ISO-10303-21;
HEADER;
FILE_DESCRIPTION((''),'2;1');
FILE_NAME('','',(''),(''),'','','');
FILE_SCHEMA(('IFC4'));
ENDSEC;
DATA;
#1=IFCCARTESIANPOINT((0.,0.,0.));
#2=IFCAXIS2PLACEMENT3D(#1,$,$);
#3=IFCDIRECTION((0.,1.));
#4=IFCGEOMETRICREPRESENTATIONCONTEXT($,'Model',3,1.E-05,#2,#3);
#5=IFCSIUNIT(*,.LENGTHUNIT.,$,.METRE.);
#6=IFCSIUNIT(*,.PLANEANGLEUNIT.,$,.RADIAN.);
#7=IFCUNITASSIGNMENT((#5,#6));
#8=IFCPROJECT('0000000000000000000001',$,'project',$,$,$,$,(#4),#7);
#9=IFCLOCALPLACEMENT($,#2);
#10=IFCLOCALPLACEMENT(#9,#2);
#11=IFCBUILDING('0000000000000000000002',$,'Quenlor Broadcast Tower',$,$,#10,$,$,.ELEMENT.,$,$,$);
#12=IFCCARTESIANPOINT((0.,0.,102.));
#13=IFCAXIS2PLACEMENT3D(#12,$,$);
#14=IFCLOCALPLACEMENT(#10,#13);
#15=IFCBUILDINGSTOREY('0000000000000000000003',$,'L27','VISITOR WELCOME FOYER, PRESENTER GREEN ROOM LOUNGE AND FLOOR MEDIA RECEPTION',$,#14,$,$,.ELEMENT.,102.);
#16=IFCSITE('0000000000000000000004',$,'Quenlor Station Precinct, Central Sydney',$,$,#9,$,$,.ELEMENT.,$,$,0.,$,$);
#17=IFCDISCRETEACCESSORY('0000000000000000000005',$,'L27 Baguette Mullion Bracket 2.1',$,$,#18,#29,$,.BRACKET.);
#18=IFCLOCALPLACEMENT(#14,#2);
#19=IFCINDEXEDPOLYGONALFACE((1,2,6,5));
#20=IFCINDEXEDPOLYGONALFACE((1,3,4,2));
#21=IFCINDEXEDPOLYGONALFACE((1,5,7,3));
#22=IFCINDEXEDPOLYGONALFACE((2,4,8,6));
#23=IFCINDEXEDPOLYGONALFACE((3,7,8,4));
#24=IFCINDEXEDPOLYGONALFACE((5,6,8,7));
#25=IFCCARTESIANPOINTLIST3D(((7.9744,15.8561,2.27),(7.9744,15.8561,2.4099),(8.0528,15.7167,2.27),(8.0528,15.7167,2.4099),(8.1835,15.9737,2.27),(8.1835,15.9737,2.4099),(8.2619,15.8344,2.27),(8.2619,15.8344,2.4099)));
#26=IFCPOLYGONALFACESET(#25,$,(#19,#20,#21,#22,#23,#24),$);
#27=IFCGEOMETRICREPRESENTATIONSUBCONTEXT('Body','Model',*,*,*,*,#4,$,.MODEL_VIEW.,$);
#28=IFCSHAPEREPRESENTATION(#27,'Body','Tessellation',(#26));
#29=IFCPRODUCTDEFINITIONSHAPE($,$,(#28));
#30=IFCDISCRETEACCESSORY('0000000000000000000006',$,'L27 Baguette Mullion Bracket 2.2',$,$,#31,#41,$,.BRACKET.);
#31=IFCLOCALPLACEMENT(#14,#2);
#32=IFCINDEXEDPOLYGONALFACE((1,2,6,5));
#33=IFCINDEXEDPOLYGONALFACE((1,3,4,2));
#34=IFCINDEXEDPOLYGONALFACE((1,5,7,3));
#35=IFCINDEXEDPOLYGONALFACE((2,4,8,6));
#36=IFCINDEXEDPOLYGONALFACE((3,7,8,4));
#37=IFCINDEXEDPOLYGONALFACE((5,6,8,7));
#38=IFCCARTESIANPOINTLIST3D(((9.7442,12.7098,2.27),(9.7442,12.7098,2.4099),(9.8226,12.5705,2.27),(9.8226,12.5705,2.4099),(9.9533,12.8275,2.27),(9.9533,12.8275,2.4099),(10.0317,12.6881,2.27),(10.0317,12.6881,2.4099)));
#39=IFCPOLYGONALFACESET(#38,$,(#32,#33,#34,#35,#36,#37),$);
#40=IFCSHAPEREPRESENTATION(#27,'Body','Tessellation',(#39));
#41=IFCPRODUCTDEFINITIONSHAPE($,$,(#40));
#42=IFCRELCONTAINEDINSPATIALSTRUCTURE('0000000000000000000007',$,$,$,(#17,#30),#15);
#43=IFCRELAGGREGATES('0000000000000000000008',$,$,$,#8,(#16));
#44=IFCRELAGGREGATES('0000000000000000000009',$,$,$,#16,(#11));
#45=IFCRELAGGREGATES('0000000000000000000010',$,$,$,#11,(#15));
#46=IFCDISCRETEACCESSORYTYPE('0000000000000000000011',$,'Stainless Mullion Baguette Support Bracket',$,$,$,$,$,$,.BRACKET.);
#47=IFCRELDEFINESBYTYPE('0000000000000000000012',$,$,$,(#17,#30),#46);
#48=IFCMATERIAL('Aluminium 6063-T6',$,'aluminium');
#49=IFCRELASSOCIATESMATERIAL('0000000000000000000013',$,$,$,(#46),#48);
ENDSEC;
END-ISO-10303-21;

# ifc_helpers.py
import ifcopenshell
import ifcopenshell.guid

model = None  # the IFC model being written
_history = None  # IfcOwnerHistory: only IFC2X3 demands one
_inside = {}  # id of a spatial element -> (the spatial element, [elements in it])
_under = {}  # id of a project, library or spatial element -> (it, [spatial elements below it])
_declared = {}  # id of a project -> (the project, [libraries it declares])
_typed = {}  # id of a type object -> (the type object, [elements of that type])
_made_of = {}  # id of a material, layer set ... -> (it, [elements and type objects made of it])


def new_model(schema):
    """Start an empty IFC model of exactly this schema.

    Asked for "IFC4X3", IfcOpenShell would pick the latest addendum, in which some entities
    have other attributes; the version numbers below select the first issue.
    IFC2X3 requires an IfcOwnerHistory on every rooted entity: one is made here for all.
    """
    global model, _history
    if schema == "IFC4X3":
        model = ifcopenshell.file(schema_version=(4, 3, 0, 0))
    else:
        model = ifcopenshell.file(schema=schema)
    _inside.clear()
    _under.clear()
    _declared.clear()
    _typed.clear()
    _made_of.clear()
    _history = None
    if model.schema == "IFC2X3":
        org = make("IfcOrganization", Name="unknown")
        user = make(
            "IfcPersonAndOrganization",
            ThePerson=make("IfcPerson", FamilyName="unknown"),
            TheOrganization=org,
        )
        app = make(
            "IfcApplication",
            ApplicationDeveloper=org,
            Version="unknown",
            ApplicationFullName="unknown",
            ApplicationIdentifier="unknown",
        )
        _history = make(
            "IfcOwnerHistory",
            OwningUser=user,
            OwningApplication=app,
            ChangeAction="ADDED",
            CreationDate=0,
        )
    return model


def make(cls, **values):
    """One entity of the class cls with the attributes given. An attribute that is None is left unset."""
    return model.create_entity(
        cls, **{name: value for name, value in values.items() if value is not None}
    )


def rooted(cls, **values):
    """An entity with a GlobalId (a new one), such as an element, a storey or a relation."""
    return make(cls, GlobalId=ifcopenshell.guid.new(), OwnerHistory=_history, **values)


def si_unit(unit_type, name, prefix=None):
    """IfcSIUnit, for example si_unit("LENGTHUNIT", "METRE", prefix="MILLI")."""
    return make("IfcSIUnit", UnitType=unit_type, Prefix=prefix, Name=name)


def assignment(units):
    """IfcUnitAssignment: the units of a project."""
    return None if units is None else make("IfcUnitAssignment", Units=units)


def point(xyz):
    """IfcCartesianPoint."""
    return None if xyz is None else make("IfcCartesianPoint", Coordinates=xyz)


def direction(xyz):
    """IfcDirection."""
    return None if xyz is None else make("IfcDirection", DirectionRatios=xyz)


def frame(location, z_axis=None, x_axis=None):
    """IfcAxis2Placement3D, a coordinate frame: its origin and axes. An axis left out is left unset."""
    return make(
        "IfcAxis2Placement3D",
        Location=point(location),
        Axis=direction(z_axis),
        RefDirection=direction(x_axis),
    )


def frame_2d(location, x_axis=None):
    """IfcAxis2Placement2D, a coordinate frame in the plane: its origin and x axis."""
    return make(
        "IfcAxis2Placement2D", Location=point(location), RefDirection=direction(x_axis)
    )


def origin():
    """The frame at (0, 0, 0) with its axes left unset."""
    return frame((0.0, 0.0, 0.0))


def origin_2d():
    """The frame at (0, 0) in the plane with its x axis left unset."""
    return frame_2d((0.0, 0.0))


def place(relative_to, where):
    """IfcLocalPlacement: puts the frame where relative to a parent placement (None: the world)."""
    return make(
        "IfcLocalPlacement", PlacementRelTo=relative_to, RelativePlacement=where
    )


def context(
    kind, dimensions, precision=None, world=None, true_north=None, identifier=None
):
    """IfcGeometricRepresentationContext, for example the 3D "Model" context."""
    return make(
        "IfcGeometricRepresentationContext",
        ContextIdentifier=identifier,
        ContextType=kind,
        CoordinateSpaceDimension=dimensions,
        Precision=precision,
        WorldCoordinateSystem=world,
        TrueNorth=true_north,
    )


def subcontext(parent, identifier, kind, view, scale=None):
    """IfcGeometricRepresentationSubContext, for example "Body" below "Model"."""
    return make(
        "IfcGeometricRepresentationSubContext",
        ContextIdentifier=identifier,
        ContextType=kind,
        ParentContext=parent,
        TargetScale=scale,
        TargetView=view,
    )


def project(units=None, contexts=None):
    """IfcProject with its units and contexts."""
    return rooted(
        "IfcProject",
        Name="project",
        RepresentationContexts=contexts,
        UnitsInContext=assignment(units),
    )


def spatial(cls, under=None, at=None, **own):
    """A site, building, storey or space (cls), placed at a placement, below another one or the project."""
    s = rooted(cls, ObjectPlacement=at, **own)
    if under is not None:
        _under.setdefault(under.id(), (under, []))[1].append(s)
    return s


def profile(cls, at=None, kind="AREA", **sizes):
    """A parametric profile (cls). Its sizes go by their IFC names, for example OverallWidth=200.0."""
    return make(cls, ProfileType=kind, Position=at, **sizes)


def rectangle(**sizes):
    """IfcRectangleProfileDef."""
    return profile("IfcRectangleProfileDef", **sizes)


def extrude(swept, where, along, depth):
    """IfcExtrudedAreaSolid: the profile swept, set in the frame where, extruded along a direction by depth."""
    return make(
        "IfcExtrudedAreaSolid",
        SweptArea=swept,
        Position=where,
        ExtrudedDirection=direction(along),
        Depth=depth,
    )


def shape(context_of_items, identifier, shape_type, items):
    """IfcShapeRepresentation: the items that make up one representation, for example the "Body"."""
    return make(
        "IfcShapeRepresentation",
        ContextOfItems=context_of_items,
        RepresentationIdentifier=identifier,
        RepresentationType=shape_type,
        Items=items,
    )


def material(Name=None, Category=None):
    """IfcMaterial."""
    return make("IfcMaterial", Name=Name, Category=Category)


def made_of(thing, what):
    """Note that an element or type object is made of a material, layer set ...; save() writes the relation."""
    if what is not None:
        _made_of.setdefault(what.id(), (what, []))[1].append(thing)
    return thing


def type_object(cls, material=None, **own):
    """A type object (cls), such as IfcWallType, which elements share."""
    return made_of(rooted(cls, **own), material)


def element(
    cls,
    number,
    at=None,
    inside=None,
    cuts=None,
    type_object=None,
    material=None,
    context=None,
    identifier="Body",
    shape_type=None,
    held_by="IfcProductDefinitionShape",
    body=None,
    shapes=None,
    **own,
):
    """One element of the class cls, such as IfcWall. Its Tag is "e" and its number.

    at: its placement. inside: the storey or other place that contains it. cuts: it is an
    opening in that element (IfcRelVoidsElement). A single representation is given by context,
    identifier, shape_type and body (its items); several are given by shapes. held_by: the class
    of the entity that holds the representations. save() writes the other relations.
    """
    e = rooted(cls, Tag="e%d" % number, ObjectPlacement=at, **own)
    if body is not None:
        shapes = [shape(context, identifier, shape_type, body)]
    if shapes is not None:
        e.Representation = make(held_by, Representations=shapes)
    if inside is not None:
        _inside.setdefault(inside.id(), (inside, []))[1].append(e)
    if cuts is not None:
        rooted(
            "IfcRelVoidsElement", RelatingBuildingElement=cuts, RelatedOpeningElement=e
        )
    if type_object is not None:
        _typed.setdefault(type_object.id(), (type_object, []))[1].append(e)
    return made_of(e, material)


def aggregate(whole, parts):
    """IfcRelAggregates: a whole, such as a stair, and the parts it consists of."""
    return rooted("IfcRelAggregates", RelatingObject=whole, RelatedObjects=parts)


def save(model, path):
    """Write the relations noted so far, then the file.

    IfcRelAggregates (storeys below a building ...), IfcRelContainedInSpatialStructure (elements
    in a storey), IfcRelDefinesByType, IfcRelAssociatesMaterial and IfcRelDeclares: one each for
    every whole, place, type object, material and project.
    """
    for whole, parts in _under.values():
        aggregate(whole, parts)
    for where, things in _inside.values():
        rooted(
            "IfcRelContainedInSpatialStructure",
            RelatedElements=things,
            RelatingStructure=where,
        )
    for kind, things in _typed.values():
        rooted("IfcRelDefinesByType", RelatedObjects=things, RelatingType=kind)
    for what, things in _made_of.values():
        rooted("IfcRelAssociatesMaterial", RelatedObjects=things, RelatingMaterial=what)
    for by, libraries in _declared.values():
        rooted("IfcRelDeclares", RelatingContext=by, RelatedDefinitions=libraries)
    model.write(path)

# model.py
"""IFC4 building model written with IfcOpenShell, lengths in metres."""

from ifc_helpers import new_model, si_unit, direction, frame, origin, origin_2d, place, context, subcontext, project, spatial, rectangle, extrude, material, type_object, element, save


model = new_model("IFC4")

# Units and contexts
model_context = context("Model", 3, precision=1e-05, world=origin(), true_north=direction((0.0, 1.0)))
body_context = subcontext(model_context, "Body", "Model", "MODEL_VIEW")
ifc_project = project(units=[si_unit("LENGTHUNIT", "METRE"), si_unit("PLANEANGLEUNIT", "RADIAN")], contexts=[model_context])

# Site, building, storey
site_placement = place(None, origin())
site = spatial("IfcSite", under=ifc_project, at=site_placement, Name="Quenlor Station Precinct, Central Sydney", CompositionType="ELEMENT", RefElevation=0.0)
building_placement = place(site_placement, origin())
building = spatial("IfcBuilding", under=site, at=building_placement, Name="Quenlor Broadcast Tower", CompositionType="ELEMENT")
storey_placement = place(building_placement, frame((0.0, 0.0, 102.0)))
storey = spatial("IfcBuildingStorey", under=building, at=storey_placement, Name="L27", Description="VISITOR WELCOME FOYER, PRESENTER GREEN ROOM LOUNGE AND FLOOR MEDIA RECEPTION", CompositionType="ELEMENT", Elevation=102.0)

# Discrete accessories
ifc_material_1 = material(Name="Aluminium 6063-T6", Category="aluminium")
discrete_accessory_type = type_object("IfcDiscreteAccessoryType", Name="Stainless Mullion Baguette Support Bracket", PredefinedType="BRACKET", material=ifc_material_1)
for number, where, z_axis, x_axis, name in (
    (1, (8.1182, 15.8452, 2.27), (0.0, 0.0, 1.0), (0.490265, -0.871573, 0.0), "L27 Baguette Mullion Bracket 2.1"),
    (2, (9.8879, 12.699, 2.27), (0.0, 0.0, 1.0), (0.490265, -0.871573, 0.0), "L27 Baguette Mullion Bracket 2.2"),
):
    element("IfcDiscreteAccessory", number, at=place(storey_placement, frame(where, z_axis=z_axis, x_axis=x_axis)), inside=storey, type_object=discrete_accessory_type, Name=name, PredefinedType="BRACKET", context=body_context, shape_type="SweptSolid", body=[
        extrude(rectangle(XDim=0.1599, YDim=0.24, at=origin_2d()), origin(), (0.0, 0.0, 1.0), 0.1399),
    ])

save(model, "model.ifc")
